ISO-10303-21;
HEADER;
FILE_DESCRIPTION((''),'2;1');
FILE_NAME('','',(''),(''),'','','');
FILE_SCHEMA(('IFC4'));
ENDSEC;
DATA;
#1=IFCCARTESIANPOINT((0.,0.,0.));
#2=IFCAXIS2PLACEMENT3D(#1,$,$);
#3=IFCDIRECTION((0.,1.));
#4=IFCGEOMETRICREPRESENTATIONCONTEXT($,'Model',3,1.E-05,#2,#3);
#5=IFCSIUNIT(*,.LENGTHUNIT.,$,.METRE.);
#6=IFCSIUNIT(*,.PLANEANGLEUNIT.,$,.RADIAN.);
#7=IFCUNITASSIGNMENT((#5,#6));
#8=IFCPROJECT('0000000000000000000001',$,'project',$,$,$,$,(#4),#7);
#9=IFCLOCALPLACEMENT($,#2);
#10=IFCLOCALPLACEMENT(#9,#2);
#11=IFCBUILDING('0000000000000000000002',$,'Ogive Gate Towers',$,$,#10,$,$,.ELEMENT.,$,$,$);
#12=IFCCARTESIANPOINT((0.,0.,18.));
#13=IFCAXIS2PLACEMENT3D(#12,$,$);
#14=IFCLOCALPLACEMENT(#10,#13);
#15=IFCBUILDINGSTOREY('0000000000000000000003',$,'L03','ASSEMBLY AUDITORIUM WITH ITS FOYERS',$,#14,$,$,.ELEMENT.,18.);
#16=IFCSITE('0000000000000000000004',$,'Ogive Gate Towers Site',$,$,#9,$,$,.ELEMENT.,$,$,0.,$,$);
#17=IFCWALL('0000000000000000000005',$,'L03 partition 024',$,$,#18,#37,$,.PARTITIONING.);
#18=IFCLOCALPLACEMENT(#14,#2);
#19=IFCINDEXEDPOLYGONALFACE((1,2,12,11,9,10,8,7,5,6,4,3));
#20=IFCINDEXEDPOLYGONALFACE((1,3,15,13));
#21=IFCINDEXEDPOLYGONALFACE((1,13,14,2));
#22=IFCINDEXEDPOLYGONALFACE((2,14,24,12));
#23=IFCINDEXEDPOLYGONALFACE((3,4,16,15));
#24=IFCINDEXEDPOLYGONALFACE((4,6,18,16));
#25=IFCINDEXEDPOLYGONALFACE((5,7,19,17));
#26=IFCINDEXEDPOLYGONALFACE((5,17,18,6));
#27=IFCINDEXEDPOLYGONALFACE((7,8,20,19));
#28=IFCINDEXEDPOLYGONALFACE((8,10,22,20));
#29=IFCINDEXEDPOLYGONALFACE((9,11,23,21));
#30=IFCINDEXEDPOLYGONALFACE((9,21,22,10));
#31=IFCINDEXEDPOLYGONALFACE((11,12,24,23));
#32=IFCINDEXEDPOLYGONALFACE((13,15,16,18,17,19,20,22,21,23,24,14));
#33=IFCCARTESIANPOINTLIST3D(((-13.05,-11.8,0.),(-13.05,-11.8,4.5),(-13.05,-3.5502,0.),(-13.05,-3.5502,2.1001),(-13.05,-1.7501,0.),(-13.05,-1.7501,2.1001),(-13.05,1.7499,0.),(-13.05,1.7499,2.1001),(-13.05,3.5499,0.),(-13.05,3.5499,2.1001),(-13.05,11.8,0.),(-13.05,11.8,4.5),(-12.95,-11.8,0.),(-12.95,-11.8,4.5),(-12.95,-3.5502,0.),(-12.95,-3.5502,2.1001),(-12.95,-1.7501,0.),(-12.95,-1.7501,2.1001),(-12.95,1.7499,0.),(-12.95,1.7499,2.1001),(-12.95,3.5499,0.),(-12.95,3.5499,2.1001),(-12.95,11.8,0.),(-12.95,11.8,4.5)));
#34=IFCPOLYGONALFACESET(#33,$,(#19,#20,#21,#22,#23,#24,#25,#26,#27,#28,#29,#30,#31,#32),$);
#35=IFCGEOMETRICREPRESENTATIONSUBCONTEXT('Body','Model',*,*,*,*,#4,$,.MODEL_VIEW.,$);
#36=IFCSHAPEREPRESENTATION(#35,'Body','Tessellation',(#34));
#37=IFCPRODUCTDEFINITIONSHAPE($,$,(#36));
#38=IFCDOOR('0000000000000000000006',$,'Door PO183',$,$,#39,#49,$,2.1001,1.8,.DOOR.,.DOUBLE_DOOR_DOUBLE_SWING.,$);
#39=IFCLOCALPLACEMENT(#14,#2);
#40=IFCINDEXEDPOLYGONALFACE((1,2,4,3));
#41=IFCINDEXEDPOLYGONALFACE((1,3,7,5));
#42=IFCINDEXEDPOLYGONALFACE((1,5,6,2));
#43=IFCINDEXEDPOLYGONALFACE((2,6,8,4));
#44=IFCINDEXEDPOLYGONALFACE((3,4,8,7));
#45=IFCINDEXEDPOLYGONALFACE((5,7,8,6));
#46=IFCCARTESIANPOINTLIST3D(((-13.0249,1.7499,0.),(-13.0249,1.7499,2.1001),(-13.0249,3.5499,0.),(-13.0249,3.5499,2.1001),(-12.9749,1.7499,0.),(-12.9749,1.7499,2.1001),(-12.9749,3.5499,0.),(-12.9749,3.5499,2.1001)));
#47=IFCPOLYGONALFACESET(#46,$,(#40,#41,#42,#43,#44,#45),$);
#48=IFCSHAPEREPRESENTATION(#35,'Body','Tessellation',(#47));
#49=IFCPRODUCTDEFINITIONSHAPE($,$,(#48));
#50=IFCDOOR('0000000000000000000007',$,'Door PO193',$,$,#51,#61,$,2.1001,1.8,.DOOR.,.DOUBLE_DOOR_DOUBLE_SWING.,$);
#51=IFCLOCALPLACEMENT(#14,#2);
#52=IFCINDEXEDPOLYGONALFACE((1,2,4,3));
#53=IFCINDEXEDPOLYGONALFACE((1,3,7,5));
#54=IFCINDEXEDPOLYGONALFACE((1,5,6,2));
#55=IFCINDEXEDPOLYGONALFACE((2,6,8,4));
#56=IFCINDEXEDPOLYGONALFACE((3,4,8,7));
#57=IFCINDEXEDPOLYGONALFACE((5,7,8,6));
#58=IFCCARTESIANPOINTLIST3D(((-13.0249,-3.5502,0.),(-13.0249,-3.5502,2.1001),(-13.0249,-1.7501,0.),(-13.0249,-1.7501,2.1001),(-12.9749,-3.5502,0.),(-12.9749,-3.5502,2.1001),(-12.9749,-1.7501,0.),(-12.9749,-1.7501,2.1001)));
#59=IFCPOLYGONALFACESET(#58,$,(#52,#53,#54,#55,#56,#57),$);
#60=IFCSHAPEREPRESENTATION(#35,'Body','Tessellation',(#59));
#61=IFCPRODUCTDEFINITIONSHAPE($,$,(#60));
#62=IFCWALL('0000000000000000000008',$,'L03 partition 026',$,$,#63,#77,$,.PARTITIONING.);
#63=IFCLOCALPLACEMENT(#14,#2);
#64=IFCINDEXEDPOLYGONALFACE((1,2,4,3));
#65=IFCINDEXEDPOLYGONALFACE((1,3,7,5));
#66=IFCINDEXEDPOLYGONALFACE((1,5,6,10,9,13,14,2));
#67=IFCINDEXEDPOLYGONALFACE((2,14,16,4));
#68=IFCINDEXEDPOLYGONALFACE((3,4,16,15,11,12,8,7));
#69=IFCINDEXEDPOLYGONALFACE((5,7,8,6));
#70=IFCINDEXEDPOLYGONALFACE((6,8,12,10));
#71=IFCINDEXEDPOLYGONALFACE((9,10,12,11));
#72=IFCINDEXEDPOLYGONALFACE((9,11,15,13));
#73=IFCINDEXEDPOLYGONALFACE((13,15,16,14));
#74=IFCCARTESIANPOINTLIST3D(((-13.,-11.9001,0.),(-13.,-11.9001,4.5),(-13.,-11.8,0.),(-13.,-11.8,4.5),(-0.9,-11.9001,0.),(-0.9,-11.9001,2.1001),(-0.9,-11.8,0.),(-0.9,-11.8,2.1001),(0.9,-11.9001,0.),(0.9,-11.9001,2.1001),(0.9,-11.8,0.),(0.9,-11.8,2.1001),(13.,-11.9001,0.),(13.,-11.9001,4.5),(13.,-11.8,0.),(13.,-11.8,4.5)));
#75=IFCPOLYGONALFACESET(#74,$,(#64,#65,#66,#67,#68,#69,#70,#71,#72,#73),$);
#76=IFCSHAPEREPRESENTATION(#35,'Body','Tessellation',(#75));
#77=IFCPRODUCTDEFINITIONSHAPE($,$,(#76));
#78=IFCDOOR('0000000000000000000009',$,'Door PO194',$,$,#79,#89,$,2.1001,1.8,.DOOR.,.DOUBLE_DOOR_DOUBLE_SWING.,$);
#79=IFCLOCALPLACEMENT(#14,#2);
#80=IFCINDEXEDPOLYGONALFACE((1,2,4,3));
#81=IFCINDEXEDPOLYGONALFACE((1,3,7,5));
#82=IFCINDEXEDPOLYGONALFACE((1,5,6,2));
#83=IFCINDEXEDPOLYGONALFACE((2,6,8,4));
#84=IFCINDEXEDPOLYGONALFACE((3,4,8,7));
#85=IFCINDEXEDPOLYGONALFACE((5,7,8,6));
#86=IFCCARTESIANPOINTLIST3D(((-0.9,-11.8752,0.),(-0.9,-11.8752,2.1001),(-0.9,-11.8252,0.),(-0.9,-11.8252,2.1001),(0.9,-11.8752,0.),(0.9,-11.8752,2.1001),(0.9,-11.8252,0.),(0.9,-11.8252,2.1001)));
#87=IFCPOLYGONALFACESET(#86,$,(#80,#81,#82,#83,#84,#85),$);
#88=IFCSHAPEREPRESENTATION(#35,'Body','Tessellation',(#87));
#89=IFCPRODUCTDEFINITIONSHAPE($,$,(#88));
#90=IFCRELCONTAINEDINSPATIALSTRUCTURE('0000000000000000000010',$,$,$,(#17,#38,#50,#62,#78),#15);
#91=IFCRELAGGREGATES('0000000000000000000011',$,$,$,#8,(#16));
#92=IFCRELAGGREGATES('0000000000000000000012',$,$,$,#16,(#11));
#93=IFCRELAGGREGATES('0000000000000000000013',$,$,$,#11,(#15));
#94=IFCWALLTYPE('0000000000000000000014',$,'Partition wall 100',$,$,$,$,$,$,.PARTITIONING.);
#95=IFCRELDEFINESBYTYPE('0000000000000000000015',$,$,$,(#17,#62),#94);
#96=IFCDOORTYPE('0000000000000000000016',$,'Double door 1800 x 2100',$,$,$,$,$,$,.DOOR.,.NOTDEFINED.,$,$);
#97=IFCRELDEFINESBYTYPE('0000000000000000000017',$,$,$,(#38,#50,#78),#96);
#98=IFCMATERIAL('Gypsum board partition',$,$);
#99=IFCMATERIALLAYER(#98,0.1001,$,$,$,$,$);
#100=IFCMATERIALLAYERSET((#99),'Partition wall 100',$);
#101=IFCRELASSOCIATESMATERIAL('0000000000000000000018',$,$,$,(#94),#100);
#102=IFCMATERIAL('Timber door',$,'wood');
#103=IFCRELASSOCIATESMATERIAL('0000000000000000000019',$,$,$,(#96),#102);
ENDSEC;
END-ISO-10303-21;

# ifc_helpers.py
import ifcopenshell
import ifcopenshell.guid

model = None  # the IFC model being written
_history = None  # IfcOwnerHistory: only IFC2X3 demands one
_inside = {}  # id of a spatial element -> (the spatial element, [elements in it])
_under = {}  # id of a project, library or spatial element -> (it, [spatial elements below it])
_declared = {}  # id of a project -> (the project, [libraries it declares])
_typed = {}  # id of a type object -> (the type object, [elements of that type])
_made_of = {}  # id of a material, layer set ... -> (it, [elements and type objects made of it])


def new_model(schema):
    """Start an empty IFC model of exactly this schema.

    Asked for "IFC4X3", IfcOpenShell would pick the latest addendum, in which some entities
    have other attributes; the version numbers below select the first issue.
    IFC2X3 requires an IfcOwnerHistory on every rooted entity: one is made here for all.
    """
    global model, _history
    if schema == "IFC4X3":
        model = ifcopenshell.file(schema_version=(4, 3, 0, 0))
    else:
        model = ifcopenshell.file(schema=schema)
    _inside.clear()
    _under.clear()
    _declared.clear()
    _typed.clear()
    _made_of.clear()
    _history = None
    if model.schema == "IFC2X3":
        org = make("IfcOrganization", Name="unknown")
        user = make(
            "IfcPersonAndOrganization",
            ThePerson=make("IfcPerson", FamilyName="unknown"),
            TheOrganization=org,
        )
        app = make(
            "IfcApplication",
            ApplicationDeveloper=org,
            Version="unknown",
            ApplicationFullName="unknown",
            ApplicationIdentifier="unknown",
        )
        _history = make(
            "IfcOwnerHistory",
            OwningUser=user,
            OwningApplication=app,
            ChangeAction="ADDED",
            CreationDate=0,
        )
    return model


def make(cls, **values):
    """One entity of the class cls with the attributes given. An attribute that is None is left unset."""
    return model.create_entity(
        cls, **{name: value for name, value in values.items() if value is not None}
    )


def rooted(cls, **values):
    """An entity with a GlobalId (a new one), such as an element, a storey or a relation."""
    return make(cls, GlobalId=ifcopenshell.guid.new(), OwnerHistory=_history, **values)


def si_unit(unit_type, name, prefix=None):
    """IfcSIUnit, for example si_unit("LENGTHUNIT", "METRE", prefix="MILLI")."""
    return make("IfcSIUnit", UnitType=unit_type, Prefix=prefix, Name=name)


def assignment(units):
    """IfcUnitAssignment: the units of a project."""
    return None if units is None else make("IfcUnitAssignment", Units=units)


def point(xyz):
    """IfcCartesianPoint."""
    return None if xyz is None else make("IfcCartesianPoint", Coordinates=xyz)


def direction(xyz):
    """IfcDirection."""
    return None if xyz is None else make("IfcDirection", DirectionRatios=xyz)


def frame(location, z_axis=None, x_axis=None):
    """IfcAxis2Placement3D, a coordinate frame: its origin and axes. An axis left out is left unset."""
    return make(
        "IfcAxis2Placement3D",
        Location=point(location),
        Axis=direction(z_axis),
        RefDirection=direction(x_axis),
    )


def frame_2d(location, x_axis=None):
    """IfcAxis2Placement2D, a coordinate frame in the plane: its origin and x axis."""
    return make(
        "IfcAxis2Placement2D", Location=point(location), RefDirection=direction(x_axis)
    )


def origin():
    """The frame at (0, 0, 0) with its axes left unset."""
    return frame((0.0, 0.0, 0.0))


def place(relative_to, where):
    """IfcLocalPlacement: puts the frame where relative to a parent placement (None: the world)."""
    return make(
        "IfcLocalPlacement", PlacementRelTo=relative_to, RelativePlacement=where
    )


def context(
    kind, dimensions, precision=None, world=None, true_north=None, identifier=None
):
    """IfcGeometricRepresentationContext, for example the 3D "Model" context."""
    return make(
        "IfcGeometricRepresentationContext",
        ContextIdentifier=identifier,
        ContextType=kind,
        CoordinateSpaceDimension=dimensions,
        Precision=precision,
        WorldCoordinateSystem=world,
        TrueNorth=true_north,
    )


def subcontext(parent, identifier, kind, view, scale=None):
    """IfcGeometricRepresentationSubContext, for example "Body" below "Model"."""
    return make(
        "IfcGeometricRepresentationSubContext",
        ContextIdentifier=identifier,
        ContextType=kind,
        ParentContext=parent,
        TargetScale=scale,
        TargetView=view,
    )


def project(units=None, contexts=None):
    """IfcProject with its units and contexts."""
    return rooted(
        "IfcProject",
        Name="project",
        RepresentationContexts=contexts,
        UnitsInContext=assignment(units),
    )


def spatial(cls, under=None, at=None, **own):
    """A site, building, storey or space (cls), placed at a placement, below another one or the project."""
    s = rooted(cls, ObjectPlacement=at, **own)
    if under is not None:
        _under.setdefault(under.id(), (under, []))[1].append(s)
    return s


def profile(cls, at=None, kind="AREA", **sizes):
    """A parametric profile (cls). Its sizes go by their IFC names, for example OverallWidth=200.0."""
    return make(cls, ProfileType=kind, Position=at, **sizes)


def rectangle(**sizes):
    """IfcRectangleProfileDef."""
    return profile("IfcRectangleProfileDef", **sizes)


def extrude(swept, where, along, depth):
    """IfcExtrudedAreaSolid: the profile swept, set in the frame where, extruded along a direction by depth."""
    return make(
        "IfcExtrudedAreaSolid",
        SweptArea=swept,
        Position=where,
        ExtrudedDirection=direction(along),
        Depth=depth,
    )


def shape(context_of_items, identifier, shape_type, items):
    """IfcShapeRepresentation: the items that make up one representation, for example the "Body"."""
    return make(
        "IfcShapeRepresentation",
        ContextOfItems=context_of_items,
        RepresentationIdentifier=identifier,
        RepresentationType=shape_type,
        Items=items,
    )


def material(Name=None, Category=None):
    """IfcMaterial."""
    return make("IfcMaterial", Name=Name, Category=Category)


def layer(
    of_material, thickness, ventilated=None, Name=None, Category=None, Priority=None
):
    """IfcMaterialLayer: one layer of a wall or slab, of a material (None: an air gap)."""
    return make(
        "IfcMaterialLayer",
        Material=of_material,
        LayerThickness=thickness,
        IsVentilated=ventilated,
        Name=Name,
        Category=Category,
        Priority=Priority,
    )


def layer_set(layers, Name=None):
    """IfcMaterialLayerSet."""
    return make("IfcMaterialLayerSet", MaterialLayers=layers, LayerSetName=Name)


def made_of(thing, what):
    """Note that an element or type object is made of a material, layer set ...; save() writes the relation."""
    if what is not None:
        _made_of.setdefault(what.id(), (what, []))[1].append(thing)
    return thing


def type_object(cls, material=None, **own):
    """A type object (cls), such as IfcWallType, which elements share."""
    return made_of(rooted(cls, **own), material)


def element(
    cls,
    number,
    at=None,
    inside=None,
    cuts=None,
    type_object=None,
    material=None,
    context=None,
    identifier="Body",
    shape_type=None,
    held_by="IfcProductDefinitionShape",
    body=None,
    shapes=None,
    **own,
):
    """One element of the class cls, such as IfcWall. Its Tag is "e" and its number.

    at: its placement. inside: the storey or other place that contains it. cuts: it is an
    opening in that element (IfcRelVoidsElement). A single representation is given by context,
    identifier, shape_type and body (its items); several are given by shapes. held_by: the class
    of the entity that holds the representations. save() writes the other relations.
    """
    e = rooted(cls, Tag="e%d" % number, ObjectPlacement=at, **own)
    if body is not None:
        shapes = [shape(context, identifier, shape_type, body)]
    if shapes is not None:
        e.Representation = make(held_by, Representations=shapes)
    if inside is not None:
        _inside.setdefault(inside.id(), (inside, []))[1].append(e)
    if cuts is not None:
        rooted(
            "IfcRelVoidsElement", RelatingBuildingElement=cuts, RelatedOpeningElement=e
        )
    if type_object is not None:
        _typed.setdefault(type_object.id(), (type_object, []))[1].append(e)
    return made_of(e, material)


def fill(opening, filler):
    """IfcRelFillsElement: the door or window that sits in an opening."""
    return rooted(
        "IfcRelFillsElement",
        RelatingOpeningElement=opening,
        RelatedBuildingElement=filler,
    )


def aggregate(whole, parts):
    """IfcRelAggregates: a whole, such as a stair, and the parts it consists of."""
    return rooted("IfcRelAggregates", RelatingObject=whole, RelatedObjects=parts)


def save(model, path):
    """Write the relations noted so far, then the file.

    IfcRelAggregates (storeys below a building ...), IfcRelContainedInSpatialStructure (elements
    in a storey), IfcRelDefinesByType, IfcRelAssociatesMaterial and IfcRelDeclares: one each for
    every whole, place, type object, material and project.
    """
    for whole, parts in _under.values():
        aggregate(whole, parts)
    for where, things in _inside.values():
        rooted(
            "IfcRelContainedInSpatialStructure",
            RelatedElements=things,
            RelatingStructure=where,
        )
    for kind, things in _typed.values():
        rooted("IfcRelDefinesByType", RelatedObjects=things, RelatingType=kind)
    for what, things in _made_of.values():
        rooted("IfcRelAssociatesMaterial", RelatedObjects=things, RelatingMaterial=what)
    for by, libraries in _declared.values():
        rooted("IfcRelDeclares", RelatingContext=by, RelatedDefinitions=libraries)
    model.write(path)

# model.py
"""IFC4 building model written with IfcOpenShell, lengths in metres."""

from ifc_helpers import new_model, si_unit, direction, frame, frame_2d, origin, place, context, subcontext, project, spatial, rectangle, extrude, material, layer, layer_set, type_object, element, fill, save


model = new_model("IFC4")

# Units and contexts
model_context = context("Model", 3, precision=1e-05, world=origin(), true_north=direction((0.0, 1.0)))
body_context = subcontext(model_context, "Body", "Model", "MODEL_VIEW")
ifc_project = project(units=[si_unit("LENGTHUNIT", "METRE"), si_unit("PLANEANGLEUNIT", "RADIAN")], contexts=[model_context])

# Site, building, storey
site_placement = place(None, origin())
site = spatial("IfcSite", under=ifc_project, at=site_placement, Name="Ogive Gate Towers Site", CompositionType="ELEMENT", RefElevation=0.0)
building_placement = place(site_placement, origin())
building = spatial("IfcBuilding", under=site, at=building_placement, Name="Ogive Gate Towers", CompositionType="ELEMENT")
storey_placement = place(building_placement, frame((0.0, 0.0, 18.0)))
storey = spatial("IfcBuildingStorey", under=building, at=storey_placement, Name="L03", Description="ASSEMBLY AUDITORIUM WITH ITS FOYERS", CompositionType="ELEMENT", Elevation=18.0)

# Wall, openings, doors
ifc_material_1 = material(Name="Gypsum board partition")
ifc_layer = layer(ifc_material_1, 0.1001)
ifc_layer_set = layer_set([ifc_layer], Name="Partition wall 100")
wall_type = type_object("IfcWallType", Name="Partition wall 100", PredefinedType="PARTITIONING", material=ifc_layer_set)
wall_1_placement = place(storey_placement, frame((-13.0, -11.8, 0.0), z_axis=(0.0, 0.0, 1.0), x_axis=(0.0, 1.0, 0.0)))
wall_1 = element("IfcWall", 1, at=wall_1_placement, inside=storey, type_object=wall_type, Name="L03 partition 024", PredefinedType="PARTITIONING", context=body_context, shape_type="SweptSolid", body=[
    extrude(rectangle(XDim=23.6001, YDim=0.1001, at=frame_2d((11.8, 0.0))), origin(), (0.0, 0.0, 1.0), 4.5),
])
opening_1_placement = place(wall_1_placement, frame((13.55, 0.0, 0.0)))
opening_1 = element("IfcOpeningElement", 2, at=opening_1_placement, cuts=wall_1, PredefinedType="OPENING", context=body_context, shape_type="SweptSolid", body=[
    extrude(rectangle(XDim=1.8, YDim=2.1001, at=frame_2d((0.8999, 1.05))), frame((0.0, 0.0601, 0.0), z_axis=(0.0, -1.0, 0.0), x_axis=(1.0, 0.0, 0.0)), (0.0, 0.0, 1.0), 0.1201),
])
opening_2_placement = place(wall_1_placement, frame((8.25, 0.0, 0.0)))
opening_2 = element("IfcOpeningElement", 3, at=opening_2_placement, cuts=wall_1, PredefinedType="OPENING", context=body_context, shape_type="SweptSolid", body=[
    extrude(rectangle(XDim=1.8, YDim=2.1001, at=frame_2d((0.8999, 1.05))), frame((0.0, 0.0601, 0.0), z_axis=(0.0, -1.0, 0.0), x_axis=(1.0, 0.0, 0.0)), (0.0, 0.0, 1.0), 0.1201),
])
ifc_material_2 = material(Name="Timber door", Category="wood")
door_type = type_object("IfcDoorType", Name="Double door 1800 x 2100", OperationType="NOTDEFINED", PredefinedType="DOOR", material=ifc_material_2)
door_1_placement = place(opening_1_placement, origin())
door_1 = element("IfcDoor", 4, at=door_1_placement, inside=storey, type_object=door_type, Name="Door PO183", OperationType="DOUBLE_DOOR_DOUBLE_SWING", OverallHeight=2.1001, OverallWidth=1.8, PredefinedType="DOOR", context=body_context, shape_type="SweptSolid", body=[
    extrude(rectangle(XDim=1.8, YDim=2.1001, at=frame_2d((0.8999, 1.05))), frame((0.0, 0.0249, 0.0), z_axis=(0.0, -1.0, 0.0), x_axis=(1.0, 0.0, 0.0)), (0.0, 0.0, 1.0), 0.05),
])
fill(opening_1, door_1)
door_2_placement = place(opening_2_placement, origin())
door_2 = element("IfcDoor", 5, at=door_2_placement, inside=storey, type_object=door_type, Name="Door PO193", OperationType="DOUBLE_DOOR_DOUBLE_SWING", OverallHeight=2.1001, OverallWidth=1.8, PredefinedType="DOOR", context=body_context, shape_type="SweptSolid", body=[
    extrude(rectangle(XDim=1.8, YDim=2.1001, at=frame_2d((0.8999, 1.05))), frame((0.0, 0.0249, 0.0), z_axis=(0.0, -1.0, 0.0), x_axis=(1.0, 0.0, 0.0)), (0.0, 0.0, 1.0), 0.05),
])
fill(opening_2, door_2)

# Wall, opening, door
wall_2_placement = place(storey_placement, frame((-13.0, -11.8501, 0.0), z_axis=(0.0, 0.0, 1.0), x_axis=(1.0, 0.0, 0.0)))
wall_2 = element("IfcWall", 6, at=wall_2_placement, inside=storey, type_object=wall_type, Name="L03 partition 026", PredefinedType="PARTITIONING", context=body_context, shape_type="SweptSolid", body=[
    extrude(rectangle(XDim=26.0, YDim=0.1001, at=frame_2d((13.0, 0.0))), origin(), (0.0, 0.0, 1.0), 4.5),
])
opening_3_placement = place(wall_2_placement, frame((12.1001, 0.0, 0.0)))
opening_3 = element("IfcOpeningElement", 7, at=opening_3_placement, cuts=wall_2, PredefinedType="OPENING", context=body_context, shape_type="SweptSolid", body=[
    extrude(rectangle(XDim=1.8, YDim=2.1001, at=frame_2d((0.8999, 1.05))), frame((0.0, 0.0601, 0.0), z_axis=(0.0, -1.0, 0.0), x_axis=(1.0, 0.0, 0.0)), (0.0, 0.0, 1.0), 0.1201),
])
door_3_placement = place(opening_3_placement, origin())
door_3 = element("IfcDoor", 8, at=door_3_placement, inside=storey, type_object=door_type, Name="Door PO194", OperationType="DOUBLE_DOOR_DOUBLE_SWING", OverallHeight=2.1001, OverallWidth=1.8, PredefinedType="DOOR", context=body_context, shape_type="SweptSolid", body=[
    extrude(rectangle(XDim=1.8, YDim=2.1001, at=frame_2d((0.8999, 1.05))), frame((0.0, 0.0249, 0.0), z_axis=(0.0, -1.0, 0.0), x_axis=(1.0, 0.0, 0.0)), (0.0, 0.0, 1.0), 0.05),
])
fill(opening_3, door_3)

save(model, "model.ifc")
